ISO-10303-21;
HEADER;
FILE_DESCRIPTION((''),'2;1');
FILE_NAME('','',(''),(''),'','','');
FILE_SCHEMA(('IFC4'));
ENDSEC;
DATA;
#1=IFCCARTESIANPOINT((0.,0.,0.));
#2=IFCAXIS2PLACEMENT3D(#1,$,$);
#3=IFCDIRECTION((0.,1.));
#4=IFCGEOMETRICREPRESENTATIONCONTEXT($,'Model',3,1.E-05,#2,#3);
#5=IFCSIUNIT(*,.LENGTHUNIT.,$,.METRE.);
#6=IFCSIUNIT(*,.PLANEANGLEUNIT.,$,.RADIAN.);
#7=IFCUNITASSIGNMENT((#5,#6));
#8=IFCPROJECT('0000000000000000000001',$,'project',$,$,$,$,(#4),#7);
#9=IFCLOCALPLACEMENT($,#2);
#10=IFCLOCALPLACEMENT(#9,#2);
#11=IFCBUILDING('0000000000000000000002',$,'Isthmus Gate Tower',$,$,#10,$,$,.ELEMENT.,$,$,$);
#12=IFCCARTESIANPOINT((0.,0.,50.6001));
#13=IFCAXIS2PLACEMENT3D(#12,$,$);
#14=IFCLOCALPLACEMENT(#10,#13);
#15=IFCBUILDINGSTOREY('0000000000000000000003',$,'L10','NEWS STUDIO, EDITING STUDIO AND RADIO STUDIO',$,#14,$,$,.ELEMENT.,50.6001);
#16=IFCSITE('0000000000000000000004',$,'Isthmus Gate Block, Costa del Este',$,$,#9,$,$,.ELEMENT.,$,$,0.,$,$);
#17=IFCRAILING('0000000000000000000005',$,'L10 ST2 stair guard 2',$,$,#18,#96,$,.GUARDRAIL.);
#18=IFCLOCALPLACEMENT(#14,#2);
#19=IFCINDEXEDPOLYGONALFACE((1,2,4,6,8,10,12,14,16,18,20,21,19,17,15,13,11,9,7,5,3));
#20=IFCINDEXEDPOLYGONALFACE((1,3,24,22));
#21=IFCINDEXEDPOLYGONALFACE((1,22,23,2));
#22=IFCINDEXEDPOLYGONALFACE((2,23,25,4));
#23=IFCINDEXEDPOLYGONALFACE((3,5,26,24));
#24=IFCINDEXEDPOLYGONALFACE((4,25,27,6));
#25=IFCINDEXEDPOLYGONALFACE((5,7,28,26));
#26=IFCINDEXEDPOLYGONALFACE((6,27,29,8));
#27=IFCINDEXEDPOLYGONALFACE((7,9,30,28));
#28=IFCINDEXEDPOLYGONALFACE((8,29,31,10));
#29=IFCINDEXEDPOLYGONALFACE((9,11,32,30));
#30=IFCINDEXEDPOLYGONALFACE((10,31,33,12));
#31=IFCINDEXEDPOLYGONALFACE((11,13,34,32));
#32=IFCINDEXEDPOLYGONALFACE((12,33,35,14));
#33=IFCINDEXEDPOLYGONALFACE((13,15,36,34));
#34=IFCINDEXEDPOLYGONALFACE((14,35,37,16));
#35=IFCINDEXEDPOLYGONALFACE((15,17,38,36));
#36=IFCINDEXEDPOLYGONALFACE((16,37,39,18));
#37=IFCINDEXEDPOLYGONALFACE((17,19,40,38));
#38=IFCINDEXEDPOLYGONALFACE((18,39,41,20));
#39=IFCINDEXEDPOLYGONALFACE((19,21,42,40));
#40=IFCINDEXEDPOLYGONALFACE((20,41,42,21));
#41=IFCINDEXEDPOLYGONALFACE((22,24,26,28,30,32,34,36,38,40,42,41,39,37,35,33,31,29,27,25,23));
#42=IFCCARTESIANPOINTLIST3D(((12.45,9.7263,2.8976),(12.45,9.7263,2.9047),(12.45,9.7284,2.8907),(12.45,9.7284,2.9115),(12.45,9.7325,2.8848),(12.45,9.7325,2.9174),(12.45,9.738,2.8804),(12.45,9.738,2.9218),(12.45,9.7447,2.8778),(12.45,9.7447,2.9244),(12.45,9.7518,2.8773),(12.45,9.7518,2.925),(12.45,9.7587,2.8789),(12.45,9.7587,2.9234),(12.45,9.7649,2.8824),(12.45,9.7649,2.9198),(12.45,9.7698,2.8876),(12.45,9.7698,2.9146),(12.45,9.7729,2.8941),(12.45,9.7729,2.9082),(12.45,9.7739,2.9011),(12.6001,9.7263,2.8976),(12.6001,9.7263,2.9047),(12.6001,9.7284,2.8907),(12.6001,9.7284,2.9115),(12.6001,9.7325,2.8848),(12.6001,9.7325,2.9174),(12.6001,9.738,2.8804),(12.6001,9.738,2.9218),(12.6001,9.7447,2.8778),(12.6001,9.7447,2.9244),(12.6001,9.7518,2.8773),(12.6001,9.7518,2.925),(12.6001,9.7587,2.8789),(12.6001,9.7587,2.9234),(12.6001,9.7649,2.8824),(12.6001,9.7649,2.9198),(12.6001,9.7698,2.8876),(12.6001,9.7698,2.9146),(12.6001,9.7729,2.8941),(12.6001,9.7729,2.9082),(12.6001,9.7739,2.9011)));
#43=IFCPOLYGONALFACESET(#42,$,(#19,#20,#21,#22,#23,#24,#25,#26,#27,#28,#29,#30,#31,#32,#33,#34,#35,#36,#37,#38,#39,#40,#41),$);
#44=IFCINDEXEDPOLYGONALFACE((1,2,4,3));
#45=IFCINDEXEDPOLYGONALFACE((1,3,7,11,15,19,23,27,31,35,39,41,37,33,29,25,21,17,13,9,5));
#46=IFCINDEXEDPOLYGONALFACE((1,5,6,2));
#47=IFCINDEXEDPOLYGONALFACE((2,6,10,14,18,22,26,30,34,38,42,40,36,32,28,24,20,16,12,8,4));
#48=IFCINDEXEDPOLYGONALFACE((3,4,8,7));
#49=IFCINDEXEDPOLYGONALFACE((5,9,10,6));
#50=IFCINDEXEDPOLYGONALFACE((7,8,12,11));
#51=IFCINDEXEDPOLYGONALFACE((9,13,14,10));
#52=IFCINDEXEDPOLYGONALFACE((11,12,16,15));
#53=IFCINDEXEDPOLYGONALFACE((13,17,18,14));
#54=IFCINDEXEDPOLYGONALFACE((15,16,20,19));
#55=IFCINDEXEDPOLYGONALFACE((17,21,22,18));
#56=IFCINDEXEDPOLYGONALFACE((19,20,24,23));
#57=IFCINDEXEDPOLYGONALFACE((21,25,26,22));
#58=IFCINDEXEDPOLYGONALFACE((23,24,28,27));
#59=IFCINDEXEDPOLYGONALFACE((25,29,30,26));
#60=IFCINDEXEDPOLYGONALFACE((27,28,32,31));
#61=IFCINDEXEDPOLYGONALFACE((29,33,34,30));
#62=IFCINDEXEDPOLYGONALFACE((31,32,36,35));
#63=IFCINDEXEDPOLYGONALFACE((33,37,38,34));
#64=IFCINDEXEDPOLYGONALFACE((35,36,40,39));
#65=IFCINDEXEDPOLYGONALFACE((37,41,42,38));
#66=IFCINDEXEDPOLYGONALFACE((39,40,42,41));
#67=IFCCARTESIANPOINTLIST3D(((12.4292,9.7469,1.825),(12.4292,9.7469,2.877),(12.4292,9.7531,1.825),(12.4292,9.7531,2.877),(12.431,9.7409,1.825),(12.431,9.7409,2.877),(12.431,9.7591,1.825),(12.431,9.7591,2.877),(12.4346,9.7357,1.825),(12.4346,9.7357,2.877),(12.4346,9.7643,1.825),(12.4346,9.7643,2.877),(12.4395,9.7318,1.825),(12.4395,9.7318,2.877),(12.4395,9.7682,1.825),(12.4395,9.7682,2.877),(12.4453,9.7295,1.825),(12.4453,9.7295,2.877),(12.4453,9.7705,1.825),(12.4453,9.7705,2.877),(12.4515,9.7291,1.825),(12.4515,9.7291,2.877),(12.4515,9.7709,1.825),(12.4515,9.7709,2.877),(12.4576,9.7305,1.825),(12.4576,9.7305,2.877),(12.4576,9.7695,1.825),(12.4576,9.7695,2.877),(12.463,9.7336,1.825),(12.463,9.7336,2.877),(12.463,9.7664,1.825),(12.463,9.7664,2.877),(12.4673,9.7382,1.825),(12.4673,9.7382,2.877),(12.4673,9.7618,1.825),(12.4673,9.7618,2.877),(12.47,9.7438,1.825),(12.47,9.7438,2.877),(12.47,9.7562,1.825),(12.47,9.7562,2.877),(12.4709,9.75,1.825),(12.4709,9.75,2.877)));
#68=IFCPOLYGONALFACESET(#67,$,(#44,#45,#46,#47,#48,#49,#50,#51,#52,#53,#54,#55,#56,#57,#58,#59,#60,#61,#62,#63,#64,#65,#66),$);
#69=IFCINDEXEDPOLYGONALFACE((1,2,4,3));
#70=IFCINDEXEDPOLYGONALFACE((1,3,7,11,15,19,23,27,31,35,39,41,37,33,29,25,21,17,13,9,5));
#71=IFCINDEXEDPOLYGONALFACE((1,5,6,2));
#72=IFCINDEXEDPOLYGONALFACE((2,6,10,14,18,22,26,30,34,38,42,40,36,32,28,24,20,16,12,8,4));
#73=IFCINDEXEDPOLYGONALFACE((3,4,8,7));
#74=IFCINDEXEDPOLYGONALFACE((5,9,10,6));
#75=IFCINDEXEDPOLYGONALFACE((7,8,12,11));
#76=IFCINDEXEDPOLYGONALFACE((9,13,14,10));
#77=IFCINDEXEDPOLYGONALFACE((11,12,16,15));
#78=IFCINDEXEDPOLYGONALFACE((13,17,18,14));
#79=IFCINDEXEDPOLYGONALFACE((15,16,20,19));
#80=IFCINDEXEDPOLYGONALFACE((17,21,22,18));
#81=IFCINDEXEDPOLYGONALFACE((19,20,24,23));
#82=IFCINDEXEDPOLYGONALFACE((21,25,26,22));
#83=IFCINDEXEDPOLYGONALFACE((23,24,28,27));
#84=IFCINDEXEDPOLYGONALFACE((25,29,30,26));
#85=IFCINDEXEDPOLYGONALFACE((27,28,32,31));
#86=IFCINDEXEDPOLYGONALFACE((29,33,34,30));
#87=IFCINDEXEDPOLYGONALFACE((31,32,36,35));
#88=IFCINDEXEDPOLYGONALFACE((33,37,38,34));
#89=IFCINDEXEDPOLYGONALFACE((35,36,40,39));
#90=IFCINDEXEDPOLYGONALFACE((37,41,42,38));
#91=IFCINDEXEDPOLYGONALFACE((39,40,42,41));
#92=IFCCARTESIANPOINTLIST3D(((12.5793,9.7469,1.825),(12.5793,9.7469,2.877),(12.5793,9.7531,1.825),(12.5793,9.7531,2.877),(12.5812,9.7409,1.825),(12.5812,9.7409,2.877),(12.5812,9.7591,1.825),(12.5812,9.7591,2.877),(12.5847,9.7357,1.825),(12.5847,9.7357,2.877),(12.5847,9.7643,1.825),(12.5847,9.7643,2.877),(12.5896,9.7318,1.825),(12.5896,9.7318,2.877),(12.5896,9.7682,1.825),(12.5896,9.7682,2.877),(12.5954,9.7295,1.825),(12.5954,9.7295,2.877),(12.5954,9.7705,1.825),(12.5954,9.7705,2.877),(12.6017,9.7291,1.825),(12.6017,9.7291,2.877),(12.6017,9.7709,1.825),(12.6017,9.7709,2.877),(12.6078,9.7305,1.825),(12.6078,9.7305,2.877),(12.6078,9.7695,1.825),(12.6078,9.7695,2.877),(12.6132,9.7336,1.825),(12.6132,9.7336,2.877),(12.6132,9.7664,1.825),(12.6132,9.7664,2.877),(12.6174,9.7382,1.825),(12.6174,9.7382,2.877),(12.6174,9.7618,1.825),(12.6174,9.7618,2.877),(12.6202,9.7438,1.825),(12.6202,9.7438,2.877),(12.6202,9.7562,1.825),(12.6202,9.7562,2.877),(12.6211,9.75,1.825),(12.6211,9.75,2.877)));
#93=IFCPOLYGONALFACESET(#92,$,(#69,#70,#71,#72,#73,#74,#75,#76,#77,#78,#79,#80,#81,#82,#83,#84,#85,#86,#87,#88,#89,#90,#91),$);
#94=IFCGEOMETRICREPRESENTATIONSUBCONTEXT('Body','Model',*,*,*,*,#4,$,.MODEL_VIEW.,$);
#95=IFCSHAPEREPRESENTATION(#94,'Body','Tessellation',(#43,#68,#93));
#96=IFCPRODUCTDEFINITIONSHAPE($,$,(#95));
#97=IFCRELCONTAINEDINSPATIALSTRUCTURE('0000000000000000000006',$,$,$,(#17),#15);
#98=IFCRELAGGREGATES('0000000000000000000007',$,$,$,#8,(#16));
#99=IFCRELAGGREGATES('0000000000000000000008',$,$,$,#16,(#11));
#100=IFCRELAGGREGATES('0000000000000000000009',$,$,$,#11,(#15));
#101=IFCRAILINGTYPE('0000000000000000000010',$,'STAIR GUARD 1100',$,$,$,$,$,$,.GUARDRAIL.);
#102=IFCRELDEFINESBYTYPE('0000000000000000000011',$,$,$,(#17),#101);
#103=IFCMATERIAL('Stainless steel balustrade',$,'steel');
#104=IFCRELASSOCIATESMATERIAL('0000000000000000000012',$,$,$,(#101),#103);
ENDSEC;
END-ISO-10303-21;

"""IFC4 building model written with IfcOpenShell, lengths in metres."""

from ifc_helpers import new_model, si_unit, direction, frame, origin, origin_2d, place, context, subcontext, project, spatial, circle, extrude, material, type_object, element, save


model = new_model("IFC4")

# Units and contexts
model_context = context("Model", 3, precision=1e-05, world=origin(), true_north=direction((0.0, 1.0)))
body_context = subcontext(model_context, "Body", "Model", "MODEL_VIEW")
ifc_project = project(units=[si_unit("LENGTHUNIT", "METRE"), si_unit("PLANEANGLEUNIT", "RADIAN")], contexts=[model_context])

# Site, building, storey
site_placement = place(None, origin())
site = spatial("IfcSite", under=ifc_project, at=site_placement, Name="Isthmus Gate Block, Costa del Este", CompositionType="ELEMENT", RefElevation=0.0)
building_placement = place(site_placement, origin())
building = spatial("IfcBuilding", under=site, at=building_placement, Name="Isthmus Gate Tower", CompositionType="ELEMENT")
storey_placement = place(building_placement, frame((0.0, 0.0, 50.6001)))
storey = spatial("IfcBuildingStorey", under=building, at=storey_placement, Name="L10", Description="NEWS STUDIO, EDITING STUDIO AND RADIO STUDIO", CompositionType="ELEMENT", Elevation=50.6001)

# Railing
ifc_material_1 = material(Name="Stainless steel balustrade", Category="steel")
railing_type_1 = type_object("IfcRailingType", Name="STAIR GUARD 1100", PredefinedType="GUARDRAIL", material=ifc_material_1)
railing_1_placement = place(storey_placement, frame((12.45, 9.75, 1.825)))
element("IfcRailing", 1, at=railing_1_placement, inside=storey, type_object=railing_type_1, Name="L10 ST2 stair guard 2", PredefinedType="GUARDRAIL", context=body_context, shape_type="SweptSolid", body=[
    extrude(circle(Radius=0.0239, at=origin_2d()), frame((0.0, 0.0, 1.0762), z_axis=(1.0, 0.0, 0.0), x_axis=(0.0, 1.0, 0.0)), (0.0, 0.0, 1.0), 0.1501),
    extrude(circle(Radius=0.021, at=origin_2d()), origin(), (0.0, 0.0, 1.0), 1.052),
    extrude(circle(Radius=0.021, at=origin_2d()), frame((0.1501, 0.0, 0.0)), (0.0, 0.0, 1.0), 1.052),
])

save(model, "model.ifc")
